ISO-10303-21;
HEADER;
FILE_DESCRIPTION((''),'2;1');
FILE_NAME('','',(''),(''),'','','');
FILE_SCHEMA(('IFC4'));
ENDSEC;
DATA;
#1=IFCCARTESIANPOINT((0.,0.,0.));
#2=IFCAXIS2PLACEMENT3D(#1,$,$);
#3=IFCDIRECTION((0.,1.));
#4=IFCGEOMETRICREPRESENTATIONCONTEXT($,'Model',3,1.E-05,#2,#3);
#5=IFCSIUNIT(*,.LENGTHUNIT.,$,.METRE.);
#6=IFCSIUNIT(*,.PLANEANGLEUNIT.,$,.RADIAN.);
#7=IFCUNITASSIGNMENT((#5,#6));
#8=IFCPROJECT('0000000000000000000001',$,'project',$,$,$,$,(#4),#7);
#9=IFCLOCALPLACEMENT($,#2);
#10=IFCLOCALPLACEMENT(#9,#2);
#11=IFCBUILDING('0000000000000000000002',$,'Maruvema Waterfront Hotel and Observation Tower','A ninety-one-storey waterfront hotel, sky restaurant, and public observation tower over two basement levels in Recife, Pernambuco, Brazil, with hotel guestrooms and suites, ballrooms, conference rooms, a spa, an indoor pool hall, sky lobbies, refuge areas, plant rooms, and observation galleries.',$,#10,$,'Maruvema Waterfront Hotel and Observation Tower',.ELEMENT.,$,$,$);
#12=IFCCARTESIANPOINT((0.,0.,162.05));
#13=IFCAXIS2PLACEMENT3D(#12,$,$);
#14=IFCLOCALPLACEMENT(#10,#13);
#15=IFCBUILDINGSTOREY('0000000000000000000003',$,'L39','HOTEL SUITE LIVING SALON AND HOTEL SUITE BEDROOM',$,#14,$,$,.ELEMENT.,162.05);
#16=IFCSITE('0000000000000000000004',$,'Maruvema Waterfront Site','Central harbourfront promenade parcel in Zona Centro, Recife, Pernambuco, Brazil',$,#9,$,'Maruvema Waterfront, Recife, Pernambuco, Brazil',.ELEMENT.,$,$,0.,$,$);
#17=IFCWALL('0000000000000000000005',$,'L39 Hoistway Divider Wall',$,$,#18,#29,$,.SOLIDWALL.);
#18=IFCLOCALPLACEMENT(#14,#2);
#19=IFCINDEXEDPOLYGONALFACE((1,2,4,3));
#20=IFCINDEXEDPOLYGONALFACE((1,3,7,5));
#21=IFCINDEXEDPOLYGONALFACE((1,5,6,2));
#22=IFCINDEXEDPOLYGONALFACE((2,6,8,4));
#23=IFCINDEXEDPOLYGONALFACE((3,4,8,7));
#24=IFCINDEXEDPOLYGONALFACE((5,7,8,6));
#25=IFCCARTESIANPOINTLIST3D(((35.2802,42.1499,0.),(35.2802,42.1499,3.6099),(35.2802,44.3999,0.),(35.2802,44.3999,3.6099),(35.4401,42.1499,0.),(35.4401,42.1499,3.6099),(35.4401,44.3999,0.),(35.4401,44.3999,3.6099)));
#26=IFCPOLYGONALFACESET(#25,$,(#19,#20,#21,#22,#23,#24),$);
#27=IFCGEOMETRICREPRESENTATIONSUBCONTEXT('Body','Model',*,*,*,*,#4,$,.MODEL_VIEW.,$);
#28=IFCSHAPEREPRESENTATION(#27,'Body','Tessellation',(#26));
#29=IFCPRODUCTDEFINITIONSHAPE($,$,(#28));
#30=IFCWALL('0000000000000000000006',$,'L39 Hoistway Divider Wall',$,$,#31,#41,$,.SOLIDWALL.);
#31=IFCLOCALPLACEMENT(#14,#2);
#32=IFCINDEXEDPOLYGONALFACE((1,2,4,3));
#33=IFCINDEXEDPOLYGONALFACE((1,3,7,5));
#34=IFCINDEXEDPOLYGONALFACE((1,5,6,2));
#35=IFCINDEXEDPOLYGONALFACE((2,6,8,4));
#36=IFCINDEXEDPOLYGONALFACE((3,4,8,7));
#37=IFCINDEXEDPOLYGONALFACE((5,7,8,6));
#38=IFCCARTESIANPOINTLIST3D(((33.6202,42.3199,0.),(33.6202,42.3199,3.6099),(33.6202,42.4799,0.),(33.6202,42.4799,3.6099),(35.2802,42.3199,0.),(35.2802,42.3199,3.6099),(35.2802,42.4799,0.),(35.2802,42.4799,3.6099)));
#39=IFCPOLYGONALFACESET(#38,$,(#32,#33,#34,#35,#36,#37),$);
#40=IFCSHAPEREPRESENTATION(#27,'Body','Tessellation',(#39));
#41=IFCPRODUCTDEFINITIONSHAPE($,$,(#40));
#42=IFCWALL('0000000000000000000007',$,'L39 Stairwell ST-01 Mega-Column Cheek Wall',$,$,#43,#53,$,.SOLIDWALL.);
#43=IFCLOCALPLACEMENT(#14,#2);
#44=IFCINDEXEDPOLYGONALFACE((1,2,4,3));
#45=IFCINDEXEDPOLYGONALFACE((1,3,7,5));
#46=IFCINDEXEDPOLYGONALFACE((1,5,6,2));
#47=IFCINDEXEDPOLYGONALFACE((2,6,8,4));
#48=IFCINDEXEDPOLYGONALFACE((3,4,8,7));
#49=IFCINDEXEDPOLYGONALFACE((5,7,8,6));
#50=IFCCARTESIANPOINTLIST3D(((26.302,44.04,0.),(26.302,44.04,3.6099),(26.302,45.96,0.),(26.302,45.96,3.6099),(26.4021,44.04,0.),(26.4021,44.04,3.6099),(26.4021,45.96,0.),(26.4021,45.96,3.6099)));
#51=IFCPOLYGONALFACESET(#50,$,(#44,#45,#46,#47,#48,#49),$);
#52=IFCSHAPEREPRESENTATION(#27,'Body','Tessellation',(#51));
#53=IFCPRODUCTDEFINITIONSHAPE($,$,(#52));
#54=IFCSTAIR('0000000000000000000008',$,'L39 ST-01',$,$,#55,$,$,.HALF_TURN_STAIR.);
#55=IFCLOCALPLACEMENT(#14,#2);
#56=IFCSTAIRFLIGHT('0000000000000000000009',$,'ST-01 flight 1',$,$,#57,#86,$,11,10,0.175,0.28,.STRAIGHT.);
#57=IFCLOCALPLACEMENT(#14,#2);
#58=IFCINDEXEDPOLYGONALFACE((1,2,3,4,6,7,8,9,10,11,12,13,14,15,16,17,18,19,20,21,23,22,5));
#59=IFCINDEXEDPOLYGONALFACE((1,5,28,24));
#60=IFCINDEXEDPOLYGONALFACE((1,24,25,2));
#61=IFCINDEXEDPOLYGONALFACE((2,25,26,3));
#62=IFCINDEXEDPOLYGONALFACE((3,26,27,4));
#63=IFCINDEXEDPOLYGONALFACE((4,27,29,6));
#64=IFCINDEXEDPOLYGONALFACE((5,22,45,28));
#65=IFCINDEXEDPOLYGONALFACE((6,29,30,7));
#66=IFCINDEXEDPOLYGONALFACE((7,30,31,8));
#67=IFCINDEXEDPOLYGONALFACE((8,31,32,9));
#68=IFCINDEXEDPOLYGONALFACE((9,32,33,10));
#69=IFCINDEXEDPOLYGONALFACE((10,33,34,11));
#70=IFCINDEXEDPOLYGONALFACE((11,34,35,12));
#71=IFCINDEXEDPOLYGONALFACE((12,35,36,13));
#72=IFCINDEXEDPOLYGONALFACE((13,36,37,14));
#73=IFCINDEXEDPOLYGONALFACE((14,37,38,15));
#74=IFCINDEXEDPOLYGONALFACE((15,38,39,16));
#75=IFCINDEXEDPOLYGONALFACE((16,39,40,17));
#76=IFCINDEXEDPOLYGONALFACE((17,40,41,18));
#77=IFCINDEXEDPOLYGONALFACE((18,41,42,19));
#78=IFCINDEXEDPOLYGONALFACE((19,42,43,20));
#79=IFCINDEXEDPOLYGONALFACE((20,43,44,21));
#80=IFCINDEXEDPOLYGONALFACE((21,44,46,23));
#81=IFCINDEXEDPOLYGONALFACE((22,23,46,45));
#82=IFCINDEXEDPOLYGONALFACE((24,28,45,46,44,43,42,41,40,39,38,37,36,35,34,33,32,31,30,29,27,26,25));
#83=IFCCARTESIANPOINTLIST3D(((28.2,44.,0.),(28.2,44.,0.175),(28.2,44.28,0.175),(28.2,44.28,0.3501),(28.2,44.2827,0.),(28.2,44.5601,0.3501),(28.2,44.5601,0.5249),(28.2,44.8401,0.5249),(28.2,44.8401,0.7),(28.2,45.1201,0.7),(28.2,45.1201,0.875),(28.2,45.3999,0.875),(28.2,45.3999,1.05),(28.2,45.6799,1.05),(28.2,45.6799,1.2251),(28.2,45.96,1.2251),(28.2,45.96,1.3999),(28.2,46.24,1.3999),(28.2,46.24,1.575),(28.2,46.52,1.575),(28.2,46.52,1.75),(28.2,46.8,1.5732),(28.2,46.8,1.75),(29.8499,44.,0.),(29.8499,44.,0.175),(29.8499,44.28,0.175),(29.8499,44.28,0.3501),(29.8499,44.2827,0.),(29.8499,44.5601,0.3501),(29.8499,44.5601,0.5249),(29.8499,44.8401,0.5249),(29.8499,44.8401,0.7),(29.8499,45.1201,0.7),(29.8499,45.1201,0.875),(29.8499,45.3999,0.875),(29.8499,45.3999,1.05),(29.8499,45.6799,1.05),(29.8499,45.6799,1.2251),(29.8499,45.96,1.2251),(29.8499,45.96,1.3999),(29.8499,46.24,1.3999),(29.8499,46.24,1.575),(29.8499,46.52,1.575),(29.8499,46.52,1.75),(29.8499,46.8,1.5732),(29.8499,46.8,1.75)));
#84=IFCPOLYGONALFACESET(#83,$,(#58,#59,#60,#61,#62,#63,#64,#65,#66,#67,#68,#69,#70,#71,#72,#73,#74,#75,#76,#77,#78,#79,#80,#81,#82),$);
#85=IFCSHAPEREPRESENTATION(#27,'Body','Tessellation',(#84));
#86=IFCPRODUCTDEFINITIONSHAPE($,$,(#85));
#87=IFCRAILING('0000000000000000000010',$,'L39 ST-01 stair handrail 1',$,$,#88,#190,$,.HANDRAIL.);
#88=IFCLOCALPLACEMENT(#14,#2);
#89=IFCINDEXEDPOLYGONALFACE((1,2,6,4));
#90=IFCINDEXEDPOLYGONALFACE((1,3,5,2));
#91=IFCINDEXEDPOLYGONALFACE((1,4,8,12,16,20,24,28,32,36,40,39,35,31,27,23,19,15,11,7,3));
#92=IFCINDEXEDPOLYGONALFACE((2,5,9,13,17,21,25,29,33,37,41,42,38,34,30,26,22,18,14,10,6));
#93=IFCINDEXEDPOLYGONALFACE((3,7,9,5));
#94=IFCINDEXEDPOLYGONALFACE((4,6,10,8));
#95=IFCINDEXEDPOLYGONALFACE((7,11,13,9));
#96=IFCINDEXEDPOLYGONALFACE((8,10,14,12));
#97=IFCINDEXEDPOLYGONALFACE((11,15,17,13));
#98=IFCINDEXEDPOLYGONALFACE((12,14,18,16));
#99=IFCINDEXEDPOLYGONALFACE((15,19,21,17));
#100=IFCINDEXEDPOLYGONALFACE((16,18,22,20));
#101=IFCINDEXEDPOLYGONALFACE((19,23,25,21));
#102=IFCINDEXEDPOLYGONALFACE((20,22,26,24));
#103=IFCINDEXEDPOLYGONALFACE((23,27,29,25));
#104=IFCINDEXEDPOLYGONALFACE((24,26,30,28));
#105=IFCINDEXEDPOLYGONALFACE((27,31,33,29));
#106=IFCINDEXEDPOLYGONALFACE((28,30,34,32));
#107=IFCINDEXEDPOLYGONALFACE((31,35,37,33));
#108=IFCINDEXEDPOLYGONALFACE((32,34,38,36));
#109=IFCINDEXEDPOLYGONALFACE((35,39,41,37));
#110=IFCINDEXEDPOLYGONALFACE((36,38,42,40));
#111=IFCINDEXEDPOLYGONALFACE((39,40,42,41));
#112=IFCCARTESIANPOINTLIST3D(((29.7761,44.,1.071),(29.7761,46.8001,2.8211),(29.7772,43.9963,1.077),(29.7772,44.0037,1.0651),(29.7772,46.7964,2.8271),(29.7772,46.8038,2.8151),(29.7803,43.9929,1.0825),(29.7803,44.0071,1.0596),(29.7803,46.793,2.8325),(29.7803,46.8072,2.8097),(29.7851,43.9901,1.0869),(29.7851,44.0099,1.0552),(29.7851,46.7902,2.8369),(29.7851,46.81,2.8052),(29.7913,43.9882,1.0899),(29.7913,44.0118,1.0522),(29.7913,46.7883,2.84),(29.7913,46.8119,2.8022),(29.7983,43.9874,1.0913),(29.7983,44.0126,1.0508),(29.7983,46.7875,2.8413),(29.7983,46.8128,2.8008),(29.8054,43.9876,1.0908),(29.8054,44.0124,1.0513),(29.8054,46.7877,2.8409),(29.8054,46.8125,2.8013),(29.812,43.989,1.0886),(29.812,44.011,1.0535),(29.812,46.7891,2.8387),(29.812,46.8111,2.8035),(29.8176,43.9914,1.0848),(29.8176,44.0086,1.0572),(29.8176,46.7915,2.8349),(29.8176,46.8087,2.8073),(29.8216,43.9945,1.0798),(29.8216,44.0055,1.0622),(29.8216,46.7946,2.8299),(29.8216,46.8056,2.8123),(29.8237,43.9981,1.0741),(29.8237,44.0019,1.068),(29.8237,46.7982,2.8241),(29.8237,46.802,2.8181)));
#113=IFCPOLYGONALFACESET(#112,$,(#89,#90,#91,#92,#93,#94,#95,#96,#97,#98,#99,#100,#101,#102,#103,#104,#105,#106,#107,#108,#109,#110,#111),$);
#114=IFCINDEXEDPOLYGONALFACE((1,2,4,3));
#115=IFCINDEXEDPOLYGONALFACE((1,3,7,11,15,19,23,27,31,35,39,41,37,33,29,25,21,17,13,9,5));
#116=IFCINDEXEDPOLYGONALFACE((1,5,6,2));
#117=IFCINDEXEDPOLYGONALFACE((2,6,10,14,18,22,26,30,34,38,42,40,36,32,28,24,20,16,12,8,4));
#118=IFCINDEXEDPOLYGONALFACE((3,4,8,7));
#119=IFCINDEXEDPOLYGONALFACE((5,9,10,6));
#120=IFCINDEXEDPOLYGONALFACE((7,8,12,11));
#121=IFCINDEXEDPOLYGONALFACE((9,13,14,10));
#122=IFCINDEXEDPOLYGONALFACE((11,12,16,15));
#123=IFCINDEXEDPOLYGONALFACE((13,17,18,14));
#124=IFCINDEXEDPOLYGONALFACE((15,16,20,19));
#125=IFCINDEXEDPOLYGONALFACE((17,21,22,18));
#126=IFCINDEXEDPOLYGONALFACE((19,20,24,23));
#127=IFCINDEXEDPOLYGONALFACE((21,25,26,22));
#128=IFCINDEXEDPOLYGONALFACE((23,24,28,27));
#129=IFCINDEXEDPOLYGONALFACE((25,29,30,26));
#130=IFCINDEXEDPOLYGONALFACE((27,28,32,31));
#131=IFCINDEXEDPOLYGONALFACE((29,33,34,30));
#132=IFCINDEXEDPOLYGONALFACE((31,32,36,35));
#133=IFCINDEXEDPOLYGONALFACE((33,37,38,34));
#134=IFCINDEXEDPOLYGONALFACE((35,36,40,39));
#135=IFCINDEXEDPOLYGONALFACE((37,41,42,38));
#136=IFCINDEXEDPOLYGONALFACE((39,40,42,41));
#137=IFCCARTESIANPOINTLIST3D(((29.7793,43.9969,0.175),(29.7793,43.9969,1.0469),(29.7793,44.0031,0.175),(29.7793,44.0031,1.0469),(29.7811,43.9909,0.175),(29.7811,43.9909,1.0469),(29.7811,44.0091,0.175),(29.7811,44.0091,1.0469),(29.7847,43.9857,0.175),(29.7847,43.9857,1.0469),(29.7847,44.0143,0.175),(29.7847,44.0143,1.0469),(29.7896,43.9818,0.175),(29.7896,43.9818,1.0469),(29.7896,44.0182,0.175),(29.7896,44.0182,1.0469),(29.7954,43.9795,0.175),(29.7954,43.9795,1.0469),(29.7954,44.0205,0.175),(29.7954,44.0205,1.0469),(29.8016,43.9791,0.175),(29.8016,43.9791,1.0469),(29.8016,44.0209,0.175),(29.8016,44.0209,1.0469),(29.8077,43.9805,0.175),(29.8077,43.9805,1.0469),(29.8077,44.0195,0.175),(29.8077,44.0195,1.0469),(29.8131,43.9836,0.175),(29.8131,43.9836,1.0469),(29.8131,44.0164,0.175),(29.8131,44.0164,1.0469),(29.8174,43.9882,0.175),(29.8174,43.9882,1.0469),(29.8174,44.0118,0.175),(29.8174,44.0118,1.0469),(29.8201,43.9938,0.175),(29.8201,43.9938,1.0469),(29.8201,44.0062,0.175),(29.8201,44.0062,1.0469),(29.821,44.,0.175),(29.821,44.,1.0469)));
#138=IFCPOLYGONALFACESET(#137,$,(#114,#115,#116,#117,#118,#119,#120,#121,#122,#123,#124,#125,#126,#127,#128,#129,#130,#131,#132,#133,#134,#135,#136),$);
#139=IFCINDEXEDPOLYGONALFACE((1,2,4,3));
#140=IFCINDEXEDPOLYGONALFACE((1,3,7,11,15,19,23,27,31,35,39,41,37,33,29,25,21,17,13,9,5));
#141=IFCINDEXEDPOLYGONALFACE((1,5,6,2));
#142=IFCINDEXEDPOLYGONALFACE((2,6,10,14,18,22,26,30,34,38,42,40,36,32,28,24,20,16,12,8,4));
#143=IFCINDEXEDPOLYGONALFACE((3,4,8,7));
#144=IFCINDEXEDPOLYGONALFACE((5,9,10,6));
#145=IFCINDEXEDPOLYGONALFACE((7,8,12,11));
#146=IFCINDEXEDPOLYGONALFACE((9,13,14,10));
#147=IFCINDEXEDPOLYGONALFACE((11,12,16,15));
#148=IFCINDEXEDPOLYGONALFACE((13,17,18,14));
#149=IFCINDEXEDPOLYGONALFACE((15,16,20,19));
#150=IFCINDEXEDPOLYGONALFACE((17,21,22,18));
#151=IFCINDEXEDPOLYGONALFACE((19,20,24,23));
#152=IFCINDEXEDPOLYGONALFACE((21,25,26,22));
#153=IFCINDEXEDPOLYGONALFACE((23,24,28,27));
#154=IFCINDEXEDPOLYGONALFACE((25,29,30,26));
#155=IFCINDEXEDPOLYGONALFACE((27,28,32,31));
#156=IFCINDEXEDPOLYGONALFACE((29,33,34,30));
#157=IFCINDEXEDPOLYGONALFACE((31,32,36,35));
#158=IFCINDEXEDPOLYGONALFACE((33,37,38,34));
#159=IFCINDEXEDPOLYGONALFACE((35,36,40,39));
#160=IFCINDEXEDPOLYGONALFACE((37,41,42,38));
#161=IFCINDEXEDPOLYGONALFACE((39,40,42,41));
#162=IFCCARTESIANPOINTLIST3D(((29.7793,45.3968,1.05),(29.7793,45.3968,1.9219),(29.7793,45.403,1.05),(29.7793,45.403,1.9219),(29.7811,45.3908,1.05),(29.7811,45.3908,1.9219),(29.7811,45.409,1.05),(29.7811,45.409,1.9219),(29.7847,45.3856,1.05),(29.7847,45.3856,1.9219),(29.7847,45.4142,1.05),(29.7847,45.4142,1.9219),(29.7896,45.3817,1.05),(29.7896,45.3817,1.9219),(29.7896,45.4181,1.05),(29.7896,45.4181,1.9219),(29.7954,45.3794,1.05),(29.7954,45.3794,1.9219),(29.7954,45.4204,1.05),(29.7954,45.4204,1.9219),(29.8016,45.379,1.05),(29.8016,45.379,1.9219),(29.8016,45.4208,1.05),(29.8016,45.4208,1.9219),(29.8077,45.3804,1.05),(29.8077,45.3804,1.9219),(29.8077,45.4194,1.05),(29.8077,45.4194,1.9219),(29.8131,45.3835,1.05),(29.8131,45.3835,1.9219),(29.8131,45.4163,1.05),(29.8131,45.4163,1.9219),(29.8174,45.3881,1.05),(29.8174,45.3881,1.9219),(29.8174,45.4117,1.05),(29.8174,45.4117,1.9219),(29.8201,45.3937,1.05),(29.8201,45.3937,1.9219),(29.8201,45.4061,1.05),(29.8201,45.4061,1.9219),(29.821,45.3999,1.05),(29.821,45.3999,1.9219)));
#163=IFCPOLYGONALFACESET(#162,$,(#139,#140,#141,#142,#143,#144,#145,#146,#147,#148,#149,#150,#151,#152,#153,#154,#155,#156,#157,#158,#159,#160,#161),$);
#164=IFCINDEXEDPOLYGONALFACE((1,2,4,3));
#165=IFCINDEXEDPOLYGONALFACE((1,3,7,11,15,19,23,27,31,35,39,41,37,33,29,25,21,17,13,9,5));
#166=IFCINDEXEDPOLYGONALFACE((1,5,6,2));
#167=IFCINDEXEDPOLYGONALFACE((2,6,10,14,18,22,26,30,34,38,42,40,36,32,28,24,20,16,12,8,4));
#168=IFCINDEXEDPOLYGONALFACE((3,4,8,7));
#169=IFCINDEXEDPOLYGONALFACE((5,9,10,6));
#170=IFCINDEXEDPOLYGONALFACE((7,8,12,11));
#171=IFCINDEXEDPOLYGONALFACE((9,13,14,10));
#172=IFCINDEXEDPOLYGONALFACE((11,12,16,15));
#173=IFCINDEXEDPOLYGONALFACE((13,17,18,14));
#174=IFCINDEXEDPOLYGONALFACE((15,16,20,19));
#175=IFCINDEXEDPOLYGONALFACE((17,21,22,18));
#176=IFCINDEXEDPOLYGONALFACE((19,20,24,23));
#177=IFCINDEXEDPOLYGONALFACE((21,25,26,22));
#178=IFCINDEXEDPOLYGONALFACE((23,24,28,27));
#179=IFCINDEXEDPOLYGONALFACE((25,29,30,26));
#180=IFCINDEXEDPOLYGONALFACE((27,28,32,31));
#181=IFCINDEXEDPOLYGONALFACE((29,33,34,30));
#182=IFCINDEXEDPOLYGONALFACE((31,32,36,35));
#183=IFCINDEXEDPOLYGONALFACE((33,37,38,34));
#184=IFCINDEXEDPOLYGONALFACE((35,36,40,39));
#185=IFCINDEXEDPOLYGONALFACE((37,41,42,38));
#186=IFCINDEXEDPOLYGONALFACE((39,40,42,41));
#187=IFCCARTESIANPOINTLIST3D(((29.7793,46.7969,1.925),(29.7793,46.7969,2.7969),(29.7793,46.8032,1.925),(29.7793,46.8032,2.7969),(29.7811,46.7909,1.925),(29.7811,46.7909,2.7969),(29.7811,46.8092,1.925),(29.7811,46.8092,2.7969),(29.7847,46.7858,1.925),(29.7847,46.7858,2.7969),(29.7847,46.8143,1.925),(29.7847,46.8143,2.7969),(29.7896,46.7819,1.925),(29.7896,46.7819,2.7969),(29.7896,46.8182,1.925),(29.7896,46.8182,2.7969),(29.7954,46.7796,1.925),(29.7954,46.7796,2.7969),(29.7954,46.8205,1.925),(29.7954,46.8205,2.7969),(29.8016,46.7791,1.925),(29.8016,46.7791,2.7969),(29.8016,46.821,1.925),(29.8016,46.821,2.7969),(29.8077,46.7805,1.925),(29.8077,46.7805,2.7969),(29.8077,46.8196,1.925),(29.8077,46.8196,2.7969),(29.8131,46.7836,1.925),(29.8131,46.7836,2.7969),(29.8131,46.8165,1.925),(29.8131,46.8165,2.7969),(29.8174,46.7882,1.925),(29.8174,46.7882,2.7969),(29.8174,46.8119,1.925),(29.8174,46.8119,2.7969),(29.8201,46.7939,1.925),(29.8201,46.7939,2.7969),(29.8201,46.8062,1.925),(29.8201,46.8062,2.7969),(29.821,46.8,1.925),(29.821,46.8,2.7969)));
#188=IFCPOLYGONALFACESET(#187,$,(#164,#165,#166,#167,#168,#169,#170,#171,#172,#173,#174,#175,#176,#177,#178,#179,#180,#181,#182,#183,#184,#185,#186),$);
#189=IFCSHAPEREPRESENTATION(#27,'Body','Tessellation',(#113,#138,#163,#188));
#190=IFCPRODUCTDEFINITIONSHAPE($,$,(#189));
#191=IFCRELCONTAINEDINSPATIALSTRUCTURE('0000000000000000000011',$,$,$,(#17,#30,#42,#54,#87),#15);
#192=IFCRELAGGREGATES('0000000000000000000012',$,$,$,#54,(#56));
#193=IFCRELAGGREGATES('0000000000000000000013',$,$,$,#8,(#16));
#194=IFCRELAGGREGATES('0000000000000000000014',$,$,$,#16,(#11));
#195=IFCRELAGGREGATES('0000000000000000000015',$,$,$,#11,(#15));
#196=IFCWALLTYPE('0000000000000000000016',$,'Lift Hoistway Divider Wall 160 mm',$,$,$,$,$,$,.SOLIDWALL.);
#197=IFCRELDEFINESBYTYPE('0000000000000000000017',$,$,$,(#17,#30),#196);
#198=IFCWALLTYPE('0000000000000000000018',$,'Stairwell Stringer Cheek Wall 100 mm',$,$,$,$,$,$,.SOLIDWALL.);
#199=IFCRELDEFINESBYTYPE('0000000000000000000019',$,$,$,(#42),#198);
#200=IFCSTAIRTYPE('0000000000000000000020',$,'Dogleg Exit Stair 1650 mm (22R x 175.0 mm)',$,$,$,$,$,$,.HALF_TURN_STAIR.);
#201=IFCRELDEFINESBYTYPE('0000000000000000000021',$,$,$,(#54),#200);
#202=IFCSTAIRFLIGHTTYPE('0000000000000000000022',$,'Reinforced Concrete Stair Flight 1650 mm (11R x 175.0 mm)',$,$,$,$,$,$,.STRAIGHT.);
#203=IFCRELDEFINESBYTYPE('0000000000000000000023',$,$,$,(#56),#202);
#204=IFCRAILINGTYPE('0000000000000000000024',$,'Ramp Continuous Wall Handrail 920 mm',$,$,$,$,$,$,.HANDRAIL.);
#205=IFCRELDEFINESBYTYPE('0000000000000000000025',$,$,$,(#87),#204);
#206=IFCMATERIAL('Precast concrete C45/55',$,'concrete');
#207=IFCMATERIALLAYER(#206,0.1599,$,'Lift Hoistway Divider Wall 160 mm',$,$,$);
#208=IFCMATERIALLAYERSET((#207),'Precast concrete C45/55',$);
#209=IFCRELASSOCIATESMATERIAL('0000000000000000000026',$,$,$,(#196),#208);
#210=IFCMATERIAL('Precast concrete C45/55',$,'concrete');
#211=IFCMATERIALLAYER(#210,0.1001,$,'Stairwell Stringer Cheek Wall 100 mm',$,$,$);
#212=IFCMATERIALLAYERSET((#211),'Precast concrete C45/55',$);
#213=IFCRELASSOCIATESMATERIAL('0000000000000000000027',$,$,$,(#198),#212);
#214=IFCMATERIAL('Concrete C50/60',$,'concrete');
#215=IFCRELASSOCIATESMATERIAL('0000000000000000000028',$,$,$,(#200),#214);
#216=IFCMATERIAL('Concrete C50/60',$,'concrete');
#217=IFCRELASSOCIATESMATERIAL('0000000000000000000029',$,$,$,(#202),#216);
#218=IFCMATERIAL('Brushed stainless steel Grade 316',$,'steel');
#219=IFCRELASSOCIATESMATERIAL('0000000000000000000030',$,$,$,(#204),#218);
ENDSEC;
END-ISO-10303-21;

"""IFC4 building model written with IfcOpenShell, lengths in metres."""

from ifc_helpers import new_model, si_unit, direction, frame, frame_2d, origin, origin_2d, place, context, subcontext, project, spatial, polyline, rectangle, circle, outline, extrude, material, layer, layer_set, type_object, element, aggregate, save


model = new_model("IFC4")

# Units and contexts
model_context = context("Model", 3, precision=1e-05, world=origin(), true_north=direction((0.0, 1.0)))
body_context = subcontext(model_context, "Body", "Model", "MODEL_VIEW")
ifc_project = project(units=[si_unit("LENGTHUNIT", "METRE"), si_unit("PLANEANGLEUNIT", "RADIAN")], contexts=[model_context])

# Site, building, storey
site_placement = place(None, origin())
site = spatial("IfcSite", under=ifc_project, at=site_placement, Name="Maruvema Waterfront Site", Description="Central harbourfront promenade parcel in Zona Centro, Recife, Pernambuco, Brazil", LongName="Maruvema Waterfront, Recife, Pernambuco, Brazil", CompositionType="ELEMENT", RefElevation=0.0)
building_placement = place(site_placement, origin())
building = spatial("IfcBuilding", under=site, at=building_placement, Name="Maruvema Waterfront Hotel and Observation Tower", Description="A ninety-one-storey waterfront hotel, sky restaurant, and public observation tower over two basement levels in Recife, Pernambuco, Brazil, with hotel guestrooms and suites, ballrooms, conference rooms, a spa, an indoor pool hall, sky lobbies, refuge areas, plant rooms, and observation galleries.", LongName="Maruvema Waterfront Hotel and Observation Tower", CompositionType="ELEMENT")
storey_placement = place(building_placement, frame((0.0, 0.0, 162.05)))
storey = spatial("IfcBuildingStorey", under=building, at=storey_placement, Name="L39", Description="HOTEL SUITE LIVING SALON AND HOTEL SUITE BEDROOM", CompositionType="ELEMENT", Elevation=162.05)

# Walls
ifc_material_1 = material(Name="Precast concrete C45/55", Category="concrete")
ifc_layer_1 = layer(ifc_material_1, 0.1599, Name="Lift Hoistway Divider Wall 160 mm")
ifc_layer_set_1 = layer_set([ifc_layer_1], Name="Precast concrete C45/55")
wall_type_1 = type_object("IfcWallType", Name="Lift Hoistway Divider Wall 160 mm", PredefinedType="SOLIDWALL", material=ifc_layer_set_1)
for number, where, z_axis, x_axis, name in (
    (1, (35.3601, 42.1499, 0.0), (0.0, 0.0, 1.0), (0.0, 1.0, 0.0), "L39 Hoistway Divider Wall"),
):
    element("IfcWall", number, at=place(storey_placement, frame(where, z_axis=z_axis, x_axis=x_axis)), inside=storey, type_object=wall_type_1, Name=name, PredefinedType="SOLIDWALL", context=body_context, shape_type="SweptSolid", body=[
        extrude(rectangle(XDim=2.25, YDim=0.1599, at=frame_2d((1.125, 0.0))), origin(), (0.0, 0.0, 1.0), 3.6099),
    ])
wall_1_placement = place(storey_placement, frame((33.6201, 42.3999, 0.0), z_axis=(0.0, 0.0, 1.0), x_axis=(1.0, 0.0, 0.0)))
element("IfcWall", 2, at=wall_1_placement, inside=storey, type_object=wall_type_1, Name="L39 Hoistway Divider Wall", PredefinedType="SOLIDWALL", context=body_context, shape_type="SweptSolid", body=[
    extrude(rectangle(XDim=1.6599, YDim=0.1599, at=frame_2d((0.8301, 0.0))), origin(), (0.0, 0.0, 1.0), 3.6099),
])
ifc_material_2 = material(Name="Precast concrete C45/55", Category="concrete")
ifc_layer_2 = layer(ifc_material_2, 0.1001, Name="Stairwell Stringer Cheek Wall 100 mm")
ifc_layer_set_2 = layer_set([ifc_layer_2], Name="Precast concrete C45/55")
wall_type_2 = type_object("IfcWallType", Name="Stairwell Stringer Cheek Wall 100 mm", PredefinedType="SOLIDWALL", material=ifc_layer_set_2)
wall_2_placement = place(storey_placement, frame((26.3521, 44.04, 0.0), z_axis=(0.0, 0.0, 1.0), x_axis=(0.0, 1.0, 0.0)))
element("IfcWall", 3, at=wall_2_placement, inside=storey, type_object=wall_type_2, Name="L39 Stairwell ST-01 Mega-Column Cheek Wall", PredefinedType="SOLIDWALL", context=body_context, shape_type="SweptSolid", body=[
    extrude(rectangle(XDim=1.9199, YDim=0.1001, at=frame_2d((0.96, 0.0))), origin(), (0.0, 0.0, 1.0), 3.6099),
])

# Stair, stair flight
ifc_material_3 = material(Name="Concrete C50/60", Category="concrete")
stair_type = type_object("IfcStairType", Name="Dogleg Exit Stair 1650 mm (22R x 175.0 mm)", PredefinedType="HALF_TURN_STAIR", material=ifc_material_3)
stair_placement = place(storey_placement, origin())
stair = element("IfcStair", 4, at=stair_placement, inside=storey, type_object=stair_type, Name="L39 ST-01", PredefinedType="HALF_TURN_STAIR")
ifc_material_4 = material(Name="Concrete C50/60", Category="concrete")
stair_flight_type = type_object("IfcStairFlightType", Name="Reinforced Concrete Stair Flight 1650 mm (11R x 175.0 mm)", PredefinedType="STRAIGHT", material=ifc_material_4)
stair_flight_placement = place(storey_placement, frame((29.0249, 44.0, 0.0), z_axis=(0.0, 0.0, 1.0), x_axis=(0.0, 1.0, 0.0)))
stair_flight = element("IfcStairFlight", 5, at=stair_flight_placement, type_object=stair_flight_type, Name="ST-01 flight 1", NumberOfRisers=11, NumberOfTreads=10, PredefinedType="STRAIGHT", RiserHeight=0.175, TreadLength=0.28, context=body_context, shape_type="SweptSolid", body=[
    extrude(outline(polyline([(0.0, 0.0), (0.0, 0.175), (0.28, 0.175), (0.28, 0.3501), (0.5601, 0.3501), (0.5601, 0.5249), (0.8401, 0.5249), (0.8401, 0.7), (1.1201, 0.7), (1.1201, 0.875), (1.3999, 0.875), (1.3999, 1.05), (1.6799, 1.05), (1.6799, 1.2251), (1.96, 1.2251), (1.96, 1.3999), (2.24, 1.3999), (2.24, 1.575), (2.52, 1.575), (2.52, 1.75), (2.8, 1.75), (2.8, 1.925), (2.8, 1.5732), (0.2827, 0.0), (0.0, 0.0)])), frame((0.0, 0.825, 0.0), z_axis=(0.0, -1.0, 0.0), x_axis=(1.0, 0.0, 0.0)), (0.0, 0.0, 1.0), 1.6499),
])
aggregate(stair, [stair_flight])

# Railing
ifc_material_5 = material(Name="Brushed stainless steel Grade 316", Category="steel")
railing_type_1 = type_object("IfcRailingType", Name="Ramp Continuous Wall Handrail 920 mm", PredefinedType="HANDRAIL", material=ifc_material_5)
railing_1_placement = place(storey_placement, frame((29.8, 44.0, 0.175)))
element("IfcRailing", 6, at=railing_1_placement, inside=storey, type_object=railing_type_1, Name="L39 ST-01 stair handrail 1", PredefinedType="HANDRAIL", context=body_context, shape_type="SweptSolid", body=[
    extrude(circle(Radius=0.0239, at=origin_2d()), frame((0.0, 0.0, 0.896), z_axis=(0.0, 0.848002, 0.529992), x_axis=(-1.0, 0.0, 0.0)), (0.0, 0.0, 1.0), 3.302),
    extrude(circle(Radius=0.021, at=origin_2d()), origin(), (0.0, 0.0, 1.0), 0.8718),
    extrude(circle(Radius=0.021, at=origin_2d()), frame((0.0, 1.3999, 0.875)), (0.0, 0.0, 1.0), 0.8718),
    extrude(circle(Radius=0.021, at=origin_2d()), frame((0.0, 2.8, 1.75)), (0.0, 0.0, 1.0), 0.8718),
])

save(model, "model.ifc")
